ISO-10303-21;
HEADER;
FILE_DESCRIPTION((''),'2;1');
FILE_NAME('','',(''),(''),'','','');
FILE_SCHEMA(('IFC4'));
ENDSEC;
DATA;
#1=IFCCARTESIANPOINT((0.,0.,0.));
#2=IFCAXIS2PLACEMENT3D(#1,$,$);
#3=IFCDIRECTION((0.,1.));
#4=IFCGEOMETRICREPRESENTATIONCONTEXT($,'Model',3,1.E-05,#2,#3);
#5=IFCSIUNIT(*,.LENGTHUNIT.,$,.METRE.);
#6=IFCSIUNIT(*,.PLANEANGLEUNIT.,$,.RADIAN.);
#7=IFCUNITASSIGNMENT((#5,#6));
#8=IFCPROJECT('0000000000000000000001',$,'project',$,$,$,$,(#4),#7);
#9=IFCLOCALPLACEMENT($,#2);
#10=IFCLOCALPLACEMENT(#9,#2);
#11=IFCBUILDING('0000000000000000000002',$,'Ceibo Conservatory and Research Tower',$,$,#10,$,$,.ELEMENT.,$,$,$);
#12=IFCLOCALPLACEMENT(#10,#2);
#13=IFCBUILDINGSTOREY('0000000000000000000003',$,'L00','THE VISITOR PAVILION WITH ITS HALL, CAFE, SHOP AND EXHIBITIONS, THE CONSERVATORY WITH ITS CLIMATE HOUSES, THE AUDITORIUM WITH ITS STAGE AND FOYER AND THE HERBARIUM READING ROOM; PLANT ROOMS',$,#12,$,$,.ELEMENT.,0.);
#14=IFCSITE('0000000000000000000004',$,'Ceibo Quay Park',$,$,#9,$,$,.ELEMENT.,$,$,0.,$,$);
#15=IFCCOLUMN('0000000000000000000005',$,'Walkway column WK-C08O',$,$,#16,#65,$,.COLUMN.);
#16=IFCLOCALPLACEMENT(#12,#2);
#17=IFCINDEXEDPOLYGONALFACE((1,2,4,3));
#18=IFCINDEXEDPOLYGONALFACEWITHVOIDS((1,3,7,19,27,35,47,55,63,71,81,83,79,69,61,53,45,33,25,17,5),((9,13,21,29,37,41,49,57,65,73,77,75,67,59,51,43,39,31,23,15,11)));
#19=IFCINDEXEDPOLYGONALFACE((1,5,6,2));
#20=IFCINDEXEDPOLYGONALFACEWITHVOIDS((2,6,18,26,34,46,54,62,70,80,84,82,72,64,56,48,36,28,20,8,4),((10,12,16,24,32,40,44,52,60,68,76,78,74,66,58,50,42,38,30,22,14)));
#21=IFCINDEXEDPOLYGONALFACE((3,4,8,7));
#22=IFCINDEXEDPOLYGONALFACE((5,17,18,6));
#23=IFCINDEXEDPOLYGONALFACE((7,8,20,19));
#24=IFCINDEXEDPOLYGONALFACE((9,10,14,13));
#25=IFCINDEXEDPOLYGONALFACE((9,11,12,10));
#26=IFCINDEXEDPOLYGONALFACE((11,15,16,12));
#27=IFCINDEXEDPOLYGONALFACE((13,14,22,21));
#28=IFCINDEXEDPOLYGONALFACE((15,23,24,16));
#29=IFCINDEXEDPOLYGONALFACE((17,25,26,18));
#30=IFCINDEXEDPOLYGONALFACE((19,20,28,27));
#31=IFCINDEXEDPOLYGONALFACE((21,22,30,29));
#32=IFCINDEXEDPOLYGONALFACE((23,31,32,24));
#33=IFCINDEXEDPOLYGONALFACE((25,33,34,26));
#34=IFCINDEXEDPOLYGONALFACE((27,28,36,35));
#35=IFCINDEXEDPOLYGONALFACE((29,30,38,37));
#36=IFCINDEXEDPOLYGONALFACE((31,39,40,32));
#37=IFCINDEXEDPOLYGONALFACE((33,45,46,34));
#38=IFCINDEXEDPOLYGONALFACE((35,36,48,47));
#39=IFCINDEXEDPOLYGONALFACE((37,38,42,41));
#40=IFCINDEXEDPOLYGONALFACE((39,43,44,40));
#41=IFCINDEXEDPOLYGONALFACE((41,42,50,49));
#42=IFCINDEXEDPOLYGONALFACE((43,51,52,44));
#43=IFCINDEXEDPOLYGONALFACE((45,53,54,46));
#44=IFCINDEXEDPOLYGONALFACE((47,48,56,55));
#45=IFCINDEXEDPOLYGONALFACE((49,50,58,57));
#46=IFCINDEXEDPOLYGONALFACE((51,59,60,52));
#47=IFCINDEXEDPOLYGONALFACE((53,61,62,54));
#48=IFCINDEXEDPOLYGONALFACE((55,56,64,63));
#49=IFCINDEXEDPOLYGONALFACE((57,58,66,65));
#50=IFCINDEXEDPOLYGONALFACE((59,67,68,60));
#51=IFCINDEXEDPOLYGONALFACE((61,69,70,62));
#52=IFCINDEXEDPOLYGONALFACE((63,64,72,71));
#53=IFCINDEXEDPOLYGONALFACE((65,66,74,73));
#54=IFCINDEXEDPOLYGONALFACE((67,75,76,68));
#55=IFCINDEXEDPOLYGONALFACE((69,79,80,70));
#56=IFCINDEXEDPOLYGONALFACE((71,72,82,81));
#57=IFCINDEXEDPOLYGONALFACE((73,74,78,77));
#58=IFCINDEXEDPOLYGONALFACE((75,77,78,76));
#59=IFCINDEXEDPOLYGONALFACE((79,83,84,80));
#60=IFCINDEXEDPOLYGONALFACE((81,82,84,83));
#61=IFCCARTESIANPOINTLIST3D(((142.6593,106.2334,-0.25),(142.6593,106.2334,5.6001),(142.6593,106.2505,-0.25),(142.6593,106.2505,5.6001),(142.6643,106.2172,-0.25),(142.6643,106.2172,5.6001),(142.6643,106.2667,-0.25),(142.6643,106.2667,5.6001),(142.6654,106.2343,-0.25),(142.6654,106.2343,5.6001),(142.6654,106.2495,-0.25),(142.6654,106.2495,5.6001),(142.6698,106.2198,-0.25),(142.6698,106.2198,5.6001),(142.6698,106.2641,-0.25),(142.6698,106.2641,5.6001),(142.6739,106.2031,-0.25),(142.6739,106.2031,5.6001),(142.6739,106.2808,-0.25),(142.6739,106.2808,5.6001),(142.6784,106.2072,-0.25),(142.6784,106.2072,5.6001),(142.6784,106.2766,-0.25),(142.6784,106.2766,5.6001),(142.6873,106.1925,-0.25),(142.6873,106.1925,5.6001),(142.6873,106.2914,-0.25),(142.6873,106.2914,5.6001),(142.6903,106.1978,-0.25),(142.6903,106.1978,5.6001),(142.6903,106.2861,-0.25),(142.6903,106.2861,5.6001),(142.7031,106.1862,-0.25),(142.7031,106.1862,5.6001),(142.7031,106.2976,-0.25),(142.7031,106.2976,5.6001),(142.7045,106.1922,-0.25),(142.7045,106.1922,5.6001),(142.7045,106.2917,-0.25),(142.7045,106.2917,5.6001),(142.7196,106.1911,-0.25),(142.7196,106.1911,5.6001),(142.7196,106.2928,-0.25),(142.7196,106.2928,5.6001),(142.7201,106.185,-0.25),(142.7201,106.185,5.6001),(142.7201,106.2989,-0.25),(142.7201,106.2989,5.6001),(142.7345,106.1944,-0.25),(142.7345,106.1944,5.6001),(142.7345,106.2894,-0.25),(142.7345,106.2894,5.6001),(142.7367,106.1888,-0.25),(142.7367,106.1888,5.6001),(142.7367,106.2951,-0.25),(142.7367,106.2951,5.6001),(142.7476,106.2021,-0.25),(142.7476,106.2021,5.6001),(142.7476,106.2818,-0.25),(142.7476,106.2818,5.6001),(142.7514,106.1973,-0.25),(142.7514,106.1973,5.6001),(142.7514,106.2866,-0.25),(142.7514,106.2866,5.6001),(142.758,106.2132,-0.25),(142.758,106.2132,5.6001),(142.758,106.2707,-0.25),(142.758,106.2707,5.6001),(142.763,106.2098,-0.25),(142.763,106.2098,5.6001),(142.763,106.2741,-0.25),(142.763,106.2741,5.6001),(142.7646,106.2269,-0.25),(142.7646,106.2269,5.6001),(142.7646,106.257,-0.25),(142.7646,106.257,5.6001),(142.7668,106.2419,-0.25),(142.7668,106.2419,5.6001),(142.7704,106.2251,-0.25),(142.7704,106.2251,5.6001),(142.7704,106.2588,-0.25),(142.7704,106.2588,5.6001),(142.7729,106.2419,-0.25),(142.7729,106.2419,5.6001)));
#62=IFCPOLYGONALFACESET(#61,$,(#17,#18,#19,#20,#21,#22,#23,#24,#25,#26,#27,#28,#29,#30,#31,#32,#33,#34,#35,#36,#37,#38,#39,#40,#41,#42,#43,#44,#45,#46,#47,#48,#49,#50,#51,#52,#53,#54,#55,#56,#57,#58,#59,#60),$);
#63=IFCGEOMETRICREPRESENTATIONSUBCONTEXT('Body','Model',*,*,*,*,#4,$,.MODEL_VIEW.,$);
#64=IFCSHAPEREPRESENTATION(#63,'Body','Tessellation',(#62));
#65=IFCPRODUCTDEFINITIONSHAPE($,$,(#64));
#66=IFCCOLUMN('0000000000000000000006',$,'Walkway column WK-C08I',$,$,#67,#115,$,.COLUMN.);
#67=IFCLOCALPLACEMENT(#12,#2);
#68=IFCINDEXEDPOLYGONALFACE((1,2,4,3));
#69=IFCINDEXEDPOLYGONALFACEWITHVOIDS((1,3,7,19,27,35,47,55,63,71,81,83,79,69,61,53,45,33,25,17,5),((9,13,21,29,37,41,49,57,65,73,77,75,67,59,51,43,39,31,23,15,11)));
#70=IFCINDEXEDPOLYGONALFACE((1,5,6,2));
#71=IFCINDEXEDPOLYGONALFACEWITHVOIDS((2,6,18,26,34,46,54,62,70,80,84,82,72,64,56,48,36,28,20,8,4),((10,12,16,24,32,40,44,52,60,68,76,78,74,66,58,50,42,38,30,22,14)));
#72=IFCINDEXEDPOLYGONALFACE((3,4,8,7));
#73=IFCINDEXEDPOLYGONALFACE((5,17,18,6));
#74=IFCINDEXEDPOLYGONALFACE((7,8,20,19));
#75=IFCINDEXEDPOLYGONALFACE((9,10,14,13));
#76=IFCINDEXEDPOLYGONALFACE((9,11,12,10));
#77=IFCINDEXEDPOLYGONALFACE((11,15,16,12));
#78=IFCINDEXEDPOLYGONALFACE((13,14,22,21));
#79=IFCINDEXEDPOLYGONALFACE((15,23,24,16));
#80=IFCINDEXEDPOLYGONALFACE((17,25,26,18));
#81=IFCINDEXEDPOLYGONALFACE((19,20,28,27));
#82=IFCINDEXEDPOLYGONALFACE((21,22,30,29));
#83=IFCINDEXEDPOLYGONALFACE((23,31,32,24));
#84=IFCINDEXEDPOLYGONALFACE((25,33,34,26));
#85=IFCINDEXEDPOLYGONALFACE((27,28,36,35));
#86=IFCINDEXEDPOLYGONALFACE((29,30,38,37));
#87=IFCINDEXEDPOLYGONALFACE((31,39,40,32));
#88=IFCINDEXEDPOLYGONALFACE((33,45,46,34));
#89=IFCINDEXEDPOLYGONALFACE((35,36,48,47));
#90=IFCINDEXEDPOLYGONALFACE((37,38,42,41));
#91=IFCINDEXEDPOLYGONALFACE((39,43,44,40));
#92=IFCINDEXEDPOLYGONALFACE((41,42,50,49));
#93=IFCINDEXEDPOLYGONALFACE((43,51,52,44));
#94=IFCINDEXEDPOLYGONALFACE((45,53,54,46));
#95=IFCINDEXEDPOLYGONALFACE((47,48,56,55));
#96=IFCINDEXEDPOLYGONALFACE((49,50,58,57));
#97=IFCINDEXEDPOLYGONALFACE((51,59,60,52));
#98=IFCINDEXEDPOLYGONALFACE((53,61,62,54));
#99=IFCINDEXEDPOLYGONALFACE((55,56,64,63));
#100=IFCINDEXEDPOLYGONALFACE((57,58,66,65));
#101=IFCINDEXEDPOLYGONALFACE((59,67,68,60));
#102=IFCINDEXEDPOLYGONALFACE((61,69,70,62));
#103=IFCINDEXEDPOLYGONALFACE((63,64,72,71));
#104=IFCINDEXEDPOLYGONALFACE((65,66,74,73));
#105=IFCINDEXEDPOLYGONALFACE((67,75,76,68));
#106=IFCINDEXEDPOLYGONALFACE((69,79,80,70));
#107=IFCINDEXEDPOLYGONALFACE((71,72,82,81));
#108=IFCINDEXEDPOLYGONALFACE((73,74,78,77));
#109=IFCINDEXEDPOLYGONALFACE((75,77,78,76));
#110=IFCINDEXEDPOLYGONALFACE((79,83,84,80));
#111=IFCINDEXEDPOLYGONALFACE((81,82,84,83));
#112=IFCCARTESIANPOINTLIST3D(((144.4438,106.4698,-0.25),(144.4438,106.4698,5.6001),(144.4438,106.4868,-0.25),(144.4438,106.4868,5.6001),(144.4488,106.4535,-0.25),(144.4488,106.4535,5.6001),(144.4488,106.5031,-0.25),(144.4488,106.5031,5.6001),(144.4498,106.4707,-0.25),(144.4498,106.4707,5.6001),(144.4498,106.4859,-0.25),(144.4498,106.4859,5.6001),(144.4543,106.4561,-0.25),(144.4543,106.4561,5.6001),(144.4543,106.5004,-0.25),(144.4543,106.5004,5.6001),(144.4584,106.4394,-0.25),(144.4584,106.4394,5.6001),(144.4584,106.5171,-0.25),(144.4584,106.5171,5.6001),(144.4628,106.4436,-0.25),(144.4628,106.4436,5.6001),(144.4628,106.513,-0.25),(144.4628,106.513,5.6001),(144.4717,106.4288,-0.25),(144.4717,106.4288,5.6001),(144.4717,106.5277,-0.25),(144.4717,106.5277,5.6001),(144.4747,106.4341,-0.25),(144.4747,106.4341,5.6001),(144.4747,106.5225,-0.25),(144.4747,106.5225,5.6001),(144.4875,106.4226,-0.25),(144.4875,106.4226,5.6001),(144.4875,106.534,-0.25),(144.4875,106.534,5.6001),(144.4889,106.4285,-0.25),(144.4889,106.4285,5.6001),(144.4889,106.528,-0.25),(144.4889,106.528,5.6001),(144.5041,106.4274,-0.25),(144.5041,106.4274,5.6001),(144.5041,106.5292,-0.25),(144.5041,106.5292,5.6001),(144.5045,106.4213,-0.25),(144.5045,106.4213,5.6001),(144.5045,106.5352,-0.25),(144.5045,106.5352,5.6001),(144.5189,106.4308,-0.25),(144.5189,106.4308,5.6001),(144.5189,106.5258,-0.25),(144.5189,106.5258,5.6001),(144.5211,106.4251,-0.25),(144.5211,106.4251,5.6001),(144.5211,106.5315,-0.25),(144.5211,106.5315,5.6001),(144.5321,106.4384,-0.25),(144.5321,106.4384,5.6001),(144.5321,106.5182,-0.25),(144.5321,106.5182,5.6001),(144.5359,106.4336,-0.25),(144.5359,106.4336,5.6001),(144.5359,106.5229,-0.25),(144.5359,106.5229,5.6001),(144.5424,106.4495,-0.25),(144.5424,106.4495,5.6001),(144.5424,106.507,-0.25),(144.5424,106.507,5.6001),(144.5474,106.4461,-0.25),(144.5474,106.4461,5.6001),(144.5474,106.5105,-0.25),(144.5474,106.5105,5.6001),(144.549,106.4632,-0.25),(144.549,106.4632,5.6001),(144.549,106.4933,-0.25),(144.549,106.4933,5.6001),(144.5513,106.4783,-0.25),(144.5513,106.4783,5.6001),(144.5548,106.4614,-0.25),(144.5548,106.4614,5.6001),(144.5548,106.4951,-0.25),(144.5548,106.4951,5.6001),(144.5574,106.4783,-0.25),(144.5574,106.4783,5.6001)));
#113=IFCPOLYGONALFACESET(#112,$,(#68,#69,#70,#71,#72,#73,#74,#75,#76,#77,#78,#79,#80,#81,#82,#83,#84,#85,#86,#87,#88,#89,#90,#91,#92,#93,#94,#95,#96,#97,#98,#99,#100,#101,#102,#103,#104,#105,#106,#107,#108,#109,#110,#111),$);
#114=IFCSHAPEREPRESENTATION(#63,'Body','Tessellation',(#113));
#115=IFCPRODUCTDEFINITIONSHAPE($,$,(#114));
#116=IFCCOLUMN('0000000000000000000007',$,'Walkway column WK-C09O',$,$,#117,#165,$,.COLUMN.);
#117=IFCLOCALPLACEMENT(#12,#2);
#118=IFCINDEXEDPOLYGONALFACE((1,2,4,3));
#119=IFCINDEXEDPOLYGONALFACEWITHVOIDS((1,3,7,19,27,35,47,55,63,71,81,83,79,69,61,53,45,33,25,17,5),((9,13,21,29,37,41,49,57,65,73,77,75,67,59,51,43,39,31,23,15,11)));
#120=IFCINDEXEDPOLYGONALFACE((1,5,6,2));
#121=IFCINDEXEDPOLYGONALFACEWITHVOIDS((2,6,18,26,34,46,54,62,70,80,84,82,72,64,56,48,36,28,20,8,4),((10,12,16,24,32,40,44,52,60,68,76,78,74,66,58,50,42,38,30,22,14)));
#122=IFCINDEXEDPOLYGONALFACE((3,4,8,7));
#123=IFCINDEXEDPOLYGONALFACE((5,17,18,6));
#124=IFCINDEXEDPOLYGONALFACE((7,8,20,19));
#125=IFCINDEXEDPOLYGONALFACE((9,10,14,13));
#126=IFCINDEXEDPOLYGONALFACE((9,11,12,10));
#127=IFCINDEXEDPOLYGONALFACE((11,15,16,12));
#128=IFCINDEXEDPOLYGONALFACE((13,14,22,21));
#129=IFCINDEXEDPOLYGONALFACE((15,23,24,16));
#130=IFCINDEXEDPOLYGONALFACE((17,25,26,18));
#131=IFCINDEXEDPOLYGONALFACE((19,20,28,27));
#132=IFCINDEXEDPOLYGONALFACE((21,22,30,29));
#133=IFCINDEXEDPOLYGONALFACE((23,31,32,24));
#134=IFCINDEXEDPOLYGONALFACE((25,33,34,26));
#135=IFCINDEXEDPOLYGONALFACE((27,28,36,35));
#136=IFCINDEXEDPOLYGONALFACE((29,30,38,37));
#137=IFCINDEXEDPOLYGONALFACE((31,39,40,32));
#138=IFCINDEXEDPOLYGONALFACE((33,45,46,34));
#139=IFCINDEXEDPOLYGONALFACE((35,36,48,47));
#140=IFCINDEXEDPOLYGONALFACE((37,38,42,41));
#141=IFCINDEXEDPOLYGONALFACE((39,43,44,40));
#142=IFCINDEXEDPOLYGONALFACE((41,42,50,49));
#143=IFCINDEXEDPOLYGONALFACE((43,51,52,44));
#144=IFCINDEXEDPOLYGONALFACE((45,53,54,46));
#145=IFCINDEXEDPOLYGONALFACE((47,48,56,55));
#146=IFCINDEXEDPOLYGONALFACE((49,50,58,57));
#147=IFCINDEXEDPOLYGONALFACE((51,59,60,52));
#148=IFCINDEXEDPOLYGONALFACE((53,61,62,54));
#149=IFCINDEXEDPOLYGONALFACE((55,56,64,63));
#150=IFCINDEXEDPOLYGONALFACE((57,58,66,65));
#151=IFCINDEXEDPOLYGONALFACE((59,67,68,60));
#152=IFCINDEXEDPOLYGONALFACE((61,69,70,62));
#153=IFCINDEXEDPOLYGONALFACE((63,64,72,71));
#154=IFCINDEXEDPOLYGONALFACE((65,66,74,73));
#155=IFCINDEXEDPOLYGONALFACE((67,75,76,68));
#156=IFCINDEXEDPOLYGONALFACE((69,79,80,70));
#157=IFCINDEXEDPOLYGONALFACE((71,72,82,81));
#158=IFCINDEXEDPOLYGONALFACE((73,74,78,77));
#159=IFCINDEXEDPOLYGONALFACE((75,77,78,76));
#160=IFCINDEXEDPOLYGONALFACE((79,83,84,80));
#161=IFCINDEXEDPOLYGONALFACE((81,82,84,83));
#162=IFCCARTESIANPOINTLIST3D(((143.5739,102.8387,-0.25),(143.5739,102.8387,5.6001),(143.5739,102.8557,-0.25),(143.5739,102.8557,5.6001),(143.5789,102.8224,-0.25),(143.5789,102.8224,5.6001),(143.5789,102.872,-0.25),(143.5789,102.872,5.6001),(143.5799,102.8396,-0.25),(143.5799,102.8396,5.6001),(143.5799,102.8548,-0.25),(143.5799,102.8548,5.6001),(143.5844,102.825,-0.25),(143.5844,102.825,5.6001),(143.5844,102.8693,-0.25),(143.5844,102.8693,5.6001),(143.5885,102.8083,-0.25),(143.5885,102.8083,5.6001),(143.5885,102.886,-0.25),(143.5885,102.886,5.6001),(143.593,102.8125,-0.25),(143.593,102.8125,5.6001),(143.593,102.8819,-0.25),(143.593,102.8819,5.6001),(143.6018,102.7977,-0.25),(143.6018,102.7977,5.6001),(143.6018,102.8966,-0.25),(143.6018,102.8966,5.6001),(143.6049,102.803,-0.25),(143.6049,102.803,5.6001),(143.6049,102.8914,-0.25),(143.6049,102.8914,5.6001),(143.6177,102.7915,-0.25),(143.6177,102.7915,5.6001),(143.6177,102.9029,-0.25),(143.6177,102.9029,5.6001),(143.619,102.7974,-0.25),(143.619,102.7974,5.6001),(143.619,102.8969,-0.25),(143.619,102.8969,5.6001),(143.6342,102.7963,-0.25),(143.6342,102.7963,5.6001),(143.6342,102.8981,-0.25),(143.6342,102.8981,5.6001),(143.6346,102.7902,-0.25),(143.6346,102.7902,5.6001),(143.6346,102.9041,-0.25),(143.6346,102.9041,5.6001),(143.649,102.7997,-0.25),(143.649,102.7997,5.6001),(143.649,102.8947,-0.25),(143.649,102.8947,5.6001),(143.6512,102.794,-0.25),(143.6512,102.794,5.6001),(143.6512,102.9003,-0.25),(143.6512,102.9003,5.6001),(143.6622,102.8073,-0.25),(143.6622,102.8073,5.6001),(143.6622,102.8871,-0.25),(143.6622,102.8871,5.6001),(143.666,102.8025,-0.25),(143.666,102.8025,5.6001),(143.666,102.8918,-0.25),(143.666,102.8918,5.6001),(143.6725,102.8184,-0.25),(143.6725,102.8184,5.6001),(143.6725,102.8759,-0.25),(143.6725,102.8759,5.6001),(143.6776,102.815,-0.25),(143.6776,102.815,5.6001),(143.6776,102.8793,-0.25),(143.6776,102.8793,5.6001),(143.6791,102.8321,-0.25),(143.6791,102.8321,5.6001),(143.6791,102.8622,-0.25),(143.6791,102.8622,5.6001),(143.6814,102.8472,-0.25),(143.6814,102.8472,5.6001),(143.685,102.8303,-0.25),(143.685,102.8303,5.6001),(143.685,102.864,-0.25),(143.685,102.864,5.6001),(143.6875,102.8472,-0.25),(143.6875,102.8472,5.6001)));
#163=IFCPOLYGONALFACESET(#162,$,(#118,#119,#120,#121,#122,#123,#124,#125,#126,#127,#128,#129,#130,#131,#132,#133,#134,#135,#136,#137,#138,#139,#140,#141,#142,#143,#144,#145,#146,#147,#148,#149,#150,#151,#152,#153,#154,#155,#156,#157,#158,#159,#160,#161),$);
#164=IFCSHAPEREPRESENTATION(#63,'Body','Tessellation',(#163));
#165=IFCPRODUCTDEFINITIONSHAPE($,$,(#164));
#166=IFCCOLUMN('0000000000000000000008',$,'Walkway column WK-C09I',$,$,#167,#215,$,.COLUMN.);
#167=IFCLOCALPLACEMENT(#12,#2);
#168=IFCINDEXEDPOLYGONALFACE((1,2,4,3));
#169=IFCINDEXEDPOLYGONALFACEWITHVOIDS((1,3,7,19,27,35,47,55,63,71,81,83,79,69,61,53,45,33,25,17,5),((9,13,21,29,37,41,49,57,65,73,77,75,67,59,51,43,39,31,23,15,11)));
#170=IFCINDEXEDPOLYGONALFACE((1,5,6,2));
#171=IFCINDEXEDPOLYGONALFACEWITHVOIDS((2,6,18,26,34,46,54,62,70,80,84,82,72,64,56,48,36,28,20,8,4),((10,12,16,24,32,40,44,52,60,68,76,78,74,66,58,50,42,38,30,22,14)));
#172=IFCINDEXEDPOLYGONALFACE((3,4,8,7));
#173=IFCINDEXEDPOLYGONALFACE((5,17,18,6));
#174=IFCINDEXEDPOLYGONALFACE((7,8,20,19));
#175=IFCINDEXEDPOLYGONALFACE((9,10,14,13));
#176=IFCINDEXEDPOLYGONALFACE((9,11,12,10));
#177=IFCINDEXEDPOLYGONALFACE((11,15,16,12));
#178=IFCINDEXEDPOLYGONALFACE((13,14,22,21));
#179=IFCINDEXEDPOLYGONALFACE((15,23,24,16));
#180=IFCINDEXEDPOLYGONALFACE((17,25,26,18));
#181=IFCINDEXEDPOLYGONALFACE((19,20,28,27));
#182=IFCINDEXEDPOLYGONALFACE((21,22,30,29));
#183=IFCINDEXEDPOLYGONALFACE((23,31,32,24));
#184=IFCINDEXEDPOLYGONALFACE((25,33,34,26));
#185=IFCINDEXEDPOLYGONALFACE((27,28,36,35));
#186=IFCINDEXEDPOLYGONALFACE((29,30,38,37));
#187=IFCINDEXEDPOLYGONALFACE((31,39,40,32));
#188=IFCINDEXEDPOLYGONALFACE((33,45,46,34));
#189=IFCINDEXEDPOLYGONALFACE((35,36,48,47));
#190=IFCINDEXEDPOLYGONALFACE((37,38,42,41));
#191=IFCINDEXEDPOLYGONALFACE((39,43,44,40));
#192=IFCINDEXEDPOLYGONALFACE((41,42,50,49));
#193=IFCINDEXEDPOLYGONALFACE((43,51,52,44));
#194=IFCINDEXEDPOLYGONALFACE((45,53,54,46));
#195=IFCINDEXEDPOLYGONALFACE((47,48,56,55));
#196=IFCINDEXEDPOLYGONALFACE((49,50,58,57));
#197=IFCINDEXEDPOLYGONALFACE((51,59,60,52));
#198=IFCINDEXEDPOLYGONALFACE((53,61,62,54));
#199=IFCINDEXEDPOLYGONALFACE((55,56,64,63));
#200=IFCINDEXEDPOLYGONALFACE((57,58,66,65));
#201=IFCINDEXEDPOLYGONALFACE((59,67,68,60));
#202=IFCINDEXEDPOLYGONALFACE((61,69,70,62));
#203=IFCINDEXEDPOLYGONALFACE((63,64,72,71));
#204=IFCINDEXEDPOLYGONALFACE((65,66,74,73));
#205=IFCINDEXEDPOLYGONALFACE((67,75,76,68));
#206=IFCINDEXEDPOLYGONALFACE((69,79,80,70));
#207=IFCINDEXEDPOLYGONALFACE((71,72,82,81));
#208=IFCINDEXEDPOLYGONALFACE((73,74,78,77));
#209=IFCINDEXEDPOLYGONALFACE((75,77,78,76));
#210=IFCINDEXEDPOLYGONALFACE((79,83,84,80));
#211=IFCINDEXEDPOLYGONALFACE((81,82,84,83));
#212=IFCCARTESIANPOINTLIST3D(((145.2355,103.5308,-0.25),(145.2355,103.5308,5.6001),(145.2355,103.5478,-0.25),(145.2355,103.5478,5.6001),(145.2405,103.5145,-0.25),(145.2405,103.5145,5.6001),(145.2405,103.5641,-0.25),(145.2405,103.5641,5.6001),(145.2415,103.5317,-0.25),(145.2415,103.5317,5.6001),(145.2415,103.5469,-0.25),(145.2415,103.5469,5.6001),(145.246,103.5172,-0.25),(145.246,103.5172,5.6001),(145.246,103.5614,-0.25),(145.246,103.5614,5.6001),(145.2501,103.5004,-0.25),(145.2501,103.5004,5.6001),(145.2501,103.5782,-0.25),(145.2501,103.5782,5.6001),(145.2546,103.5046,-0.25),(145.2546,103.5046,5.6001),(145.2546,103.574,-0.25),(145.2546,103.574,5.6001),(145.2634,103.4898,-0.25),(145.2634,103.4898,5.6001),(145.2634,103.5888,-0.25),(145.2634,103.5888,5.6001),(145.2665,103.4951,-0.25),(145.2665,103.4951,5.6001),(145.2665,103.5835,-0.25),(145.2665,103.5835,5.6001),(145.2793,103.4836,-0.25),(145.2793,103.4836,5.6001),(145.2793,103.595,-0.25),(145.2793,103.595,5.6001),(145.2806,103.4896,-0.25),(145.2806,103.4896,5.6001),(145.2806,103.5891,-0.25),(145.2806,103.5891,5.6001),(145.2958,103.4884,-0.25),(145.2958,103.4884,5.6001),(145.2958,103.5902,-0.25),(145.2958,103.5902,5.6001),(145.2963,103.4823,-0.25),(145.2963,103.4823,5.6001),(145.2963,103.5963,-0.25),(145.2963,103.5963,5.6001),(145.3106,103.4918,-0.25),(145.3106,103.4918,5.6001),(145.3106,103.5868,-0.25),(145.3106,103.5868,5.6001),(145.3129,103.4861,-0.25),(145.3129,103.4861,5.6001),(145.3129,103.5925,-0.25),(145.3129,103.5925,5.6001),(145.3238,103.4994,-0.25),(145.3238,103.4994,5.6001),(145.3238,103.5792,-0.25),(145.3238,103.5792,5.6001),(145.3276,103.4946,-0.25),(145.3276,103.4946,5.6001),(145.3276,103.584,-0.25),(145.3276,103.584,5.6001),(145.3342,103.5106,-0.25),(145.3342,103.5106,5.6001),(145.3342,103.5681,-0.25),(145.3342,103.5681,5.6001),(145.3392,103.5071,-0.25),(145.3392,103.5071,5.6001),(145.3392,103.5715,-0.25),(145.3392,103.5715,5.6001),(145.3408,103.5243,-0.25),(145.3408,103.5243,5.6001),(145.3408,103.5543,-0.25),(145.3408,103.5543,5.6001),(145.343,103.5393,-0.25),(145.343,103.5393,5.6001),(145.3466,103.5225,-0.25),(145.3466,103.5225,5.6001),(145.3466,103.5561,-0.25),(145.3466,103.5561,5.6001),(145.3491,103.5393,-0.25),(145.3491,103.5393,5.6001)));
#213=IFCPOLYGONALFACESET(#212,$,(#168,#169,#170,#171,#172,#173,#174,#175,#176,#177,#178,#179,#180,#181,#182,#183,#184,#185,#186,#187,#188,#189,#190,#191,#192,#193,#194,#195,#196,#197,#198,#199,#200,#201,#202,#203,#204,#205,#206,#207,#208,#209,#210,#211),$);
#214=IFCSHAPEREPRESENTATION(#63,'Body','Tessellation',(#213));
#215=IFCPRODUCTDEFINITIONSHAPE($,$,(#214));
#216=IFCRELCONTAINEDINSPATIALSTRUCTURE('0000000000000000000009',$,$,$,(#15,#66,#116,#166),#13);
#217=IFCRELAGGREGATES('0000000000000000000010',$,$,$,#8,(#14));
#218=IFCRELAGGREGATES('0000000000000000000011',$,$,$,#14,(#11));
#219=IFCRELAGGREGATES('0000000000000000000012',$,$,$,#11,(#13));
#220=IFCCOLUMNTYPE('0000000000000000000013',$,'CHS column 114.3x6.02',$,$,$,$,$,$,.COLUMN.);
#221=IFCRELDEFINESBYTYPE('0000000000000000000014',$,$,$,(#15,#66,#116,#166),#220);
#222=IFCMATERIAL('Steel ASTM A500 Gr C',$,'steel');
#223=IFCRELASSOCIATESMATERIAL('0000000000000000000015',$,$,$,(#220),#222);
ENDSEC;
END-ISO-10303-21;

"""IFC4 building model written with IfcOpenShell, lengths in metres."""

from ifc_helpers import new_model, si_unit, direction, frame, origin, origin_2d, place, context, subcontext, project, spatial, hollow_circle, extrude, material, material_profile, profile_set, type_object, element, save


model = new_model("IFC4")

# Units and contexts
model_context = context("Model", 3, precision=1e-05, world=origin(), true_north=direction((0.0, 1.0)))
body_context = subcontext(model_context, "Body", "Model", "MODEL_VIEW")
ifc_project = project(units=[si_unit("LENGTHUNIT", "METRE"), si_unit("PLANEANGLEUNIT", "RADIAN")], contexts=[model_context])

# Site, building, storey
site_placement = place(None, origin())
site = spatial("IfcSite", under=ifc_project, at=site_placement, Name="Ceibo Quay Park", CompositionType="ELEMENT", RefElevation=0.0)
building_placement = place(site_placement, origin())
building = spatial("IfcBuilding", under=site, at=building_placement, Name="Ceibo Conservatory and Research Tower", CompositionType="ELEMENT")
storey_placement = place(building_placement, origin())
storey = spatial("IfcBuildingStorey", under=building, at=storey_placement, Name="L00", Description="THE VISITOR PAVILION WITH ITS HALL, CAFE, SHOP AND EXHIBITIONS, THE CONSERVATORY WITH ITS CLIMATE HOUSES, THE AUDITORIUM WITH ITS STAGE AND FOYER AND THE HERBARIUM READING ROOM; PLANT ROOMS", CompositionType="ELEMENT", Elevation=0.0)

# Columns
ifc_material_1 = material(Name="Steel ASTM A500 Gr C", Category="steel")
ifc_material_profile = material_profile(ifc_material_1, hollow_circle(Radius=0.0571, WallThickness=0.0061, at=origin_2d()), Name="CHS column 114.3x6.02")
ifc_profile_set = profile_set([ifc_material_profile], Name="Steel ASTM A500 Gr C")
column_type = type_object("IfcColumnType", Name="CHS column 114.3x6.02", PredefinedType="COLUMN", material=ifc_profile_set)
for number, where, z_axis, x_axis, name in (
    (1, (142.7158, 106.2419, -0.25), (0.0, 0.0, 1.0), (1.0, 0.0, 0.0), "Walkway column WK-C08O"),
    (2, (144.5002, 106.4783, -0.25), (0.0, 0.0, 1.0), (1.0, 0.0, 0.0), "Walkway column WK-C08I"),
    (3, (143.6304, 102.8472, -0.25), (0.0, 0.0, 1.0), (1.0, 0.0, 0.0), "Walkway column WK-C09O"),
    (4, (145.292, 103.5393, -0.25), (0.0, 0.0, 1.0), (1.0, 0.0, 0.0), "Walkway column WK-C09I"),
):
    element("IfcColumn", number, at=place(storey_placement, frame(where, z_axis=z_axis, x_axis=x_axis)), inside=storey, type_object=column_type, Name=name, PredefinedType="COLUMN", context=body_context, shape_type="SweptSolid", body=[
        extrude(hollow_circle(Radius=0.0571, WallThickness=0.0061, at=origin_2d()), origin(), (0.0, 0.0, 1.0), 5.8501),
    ])

save(model, "model.ifc")
